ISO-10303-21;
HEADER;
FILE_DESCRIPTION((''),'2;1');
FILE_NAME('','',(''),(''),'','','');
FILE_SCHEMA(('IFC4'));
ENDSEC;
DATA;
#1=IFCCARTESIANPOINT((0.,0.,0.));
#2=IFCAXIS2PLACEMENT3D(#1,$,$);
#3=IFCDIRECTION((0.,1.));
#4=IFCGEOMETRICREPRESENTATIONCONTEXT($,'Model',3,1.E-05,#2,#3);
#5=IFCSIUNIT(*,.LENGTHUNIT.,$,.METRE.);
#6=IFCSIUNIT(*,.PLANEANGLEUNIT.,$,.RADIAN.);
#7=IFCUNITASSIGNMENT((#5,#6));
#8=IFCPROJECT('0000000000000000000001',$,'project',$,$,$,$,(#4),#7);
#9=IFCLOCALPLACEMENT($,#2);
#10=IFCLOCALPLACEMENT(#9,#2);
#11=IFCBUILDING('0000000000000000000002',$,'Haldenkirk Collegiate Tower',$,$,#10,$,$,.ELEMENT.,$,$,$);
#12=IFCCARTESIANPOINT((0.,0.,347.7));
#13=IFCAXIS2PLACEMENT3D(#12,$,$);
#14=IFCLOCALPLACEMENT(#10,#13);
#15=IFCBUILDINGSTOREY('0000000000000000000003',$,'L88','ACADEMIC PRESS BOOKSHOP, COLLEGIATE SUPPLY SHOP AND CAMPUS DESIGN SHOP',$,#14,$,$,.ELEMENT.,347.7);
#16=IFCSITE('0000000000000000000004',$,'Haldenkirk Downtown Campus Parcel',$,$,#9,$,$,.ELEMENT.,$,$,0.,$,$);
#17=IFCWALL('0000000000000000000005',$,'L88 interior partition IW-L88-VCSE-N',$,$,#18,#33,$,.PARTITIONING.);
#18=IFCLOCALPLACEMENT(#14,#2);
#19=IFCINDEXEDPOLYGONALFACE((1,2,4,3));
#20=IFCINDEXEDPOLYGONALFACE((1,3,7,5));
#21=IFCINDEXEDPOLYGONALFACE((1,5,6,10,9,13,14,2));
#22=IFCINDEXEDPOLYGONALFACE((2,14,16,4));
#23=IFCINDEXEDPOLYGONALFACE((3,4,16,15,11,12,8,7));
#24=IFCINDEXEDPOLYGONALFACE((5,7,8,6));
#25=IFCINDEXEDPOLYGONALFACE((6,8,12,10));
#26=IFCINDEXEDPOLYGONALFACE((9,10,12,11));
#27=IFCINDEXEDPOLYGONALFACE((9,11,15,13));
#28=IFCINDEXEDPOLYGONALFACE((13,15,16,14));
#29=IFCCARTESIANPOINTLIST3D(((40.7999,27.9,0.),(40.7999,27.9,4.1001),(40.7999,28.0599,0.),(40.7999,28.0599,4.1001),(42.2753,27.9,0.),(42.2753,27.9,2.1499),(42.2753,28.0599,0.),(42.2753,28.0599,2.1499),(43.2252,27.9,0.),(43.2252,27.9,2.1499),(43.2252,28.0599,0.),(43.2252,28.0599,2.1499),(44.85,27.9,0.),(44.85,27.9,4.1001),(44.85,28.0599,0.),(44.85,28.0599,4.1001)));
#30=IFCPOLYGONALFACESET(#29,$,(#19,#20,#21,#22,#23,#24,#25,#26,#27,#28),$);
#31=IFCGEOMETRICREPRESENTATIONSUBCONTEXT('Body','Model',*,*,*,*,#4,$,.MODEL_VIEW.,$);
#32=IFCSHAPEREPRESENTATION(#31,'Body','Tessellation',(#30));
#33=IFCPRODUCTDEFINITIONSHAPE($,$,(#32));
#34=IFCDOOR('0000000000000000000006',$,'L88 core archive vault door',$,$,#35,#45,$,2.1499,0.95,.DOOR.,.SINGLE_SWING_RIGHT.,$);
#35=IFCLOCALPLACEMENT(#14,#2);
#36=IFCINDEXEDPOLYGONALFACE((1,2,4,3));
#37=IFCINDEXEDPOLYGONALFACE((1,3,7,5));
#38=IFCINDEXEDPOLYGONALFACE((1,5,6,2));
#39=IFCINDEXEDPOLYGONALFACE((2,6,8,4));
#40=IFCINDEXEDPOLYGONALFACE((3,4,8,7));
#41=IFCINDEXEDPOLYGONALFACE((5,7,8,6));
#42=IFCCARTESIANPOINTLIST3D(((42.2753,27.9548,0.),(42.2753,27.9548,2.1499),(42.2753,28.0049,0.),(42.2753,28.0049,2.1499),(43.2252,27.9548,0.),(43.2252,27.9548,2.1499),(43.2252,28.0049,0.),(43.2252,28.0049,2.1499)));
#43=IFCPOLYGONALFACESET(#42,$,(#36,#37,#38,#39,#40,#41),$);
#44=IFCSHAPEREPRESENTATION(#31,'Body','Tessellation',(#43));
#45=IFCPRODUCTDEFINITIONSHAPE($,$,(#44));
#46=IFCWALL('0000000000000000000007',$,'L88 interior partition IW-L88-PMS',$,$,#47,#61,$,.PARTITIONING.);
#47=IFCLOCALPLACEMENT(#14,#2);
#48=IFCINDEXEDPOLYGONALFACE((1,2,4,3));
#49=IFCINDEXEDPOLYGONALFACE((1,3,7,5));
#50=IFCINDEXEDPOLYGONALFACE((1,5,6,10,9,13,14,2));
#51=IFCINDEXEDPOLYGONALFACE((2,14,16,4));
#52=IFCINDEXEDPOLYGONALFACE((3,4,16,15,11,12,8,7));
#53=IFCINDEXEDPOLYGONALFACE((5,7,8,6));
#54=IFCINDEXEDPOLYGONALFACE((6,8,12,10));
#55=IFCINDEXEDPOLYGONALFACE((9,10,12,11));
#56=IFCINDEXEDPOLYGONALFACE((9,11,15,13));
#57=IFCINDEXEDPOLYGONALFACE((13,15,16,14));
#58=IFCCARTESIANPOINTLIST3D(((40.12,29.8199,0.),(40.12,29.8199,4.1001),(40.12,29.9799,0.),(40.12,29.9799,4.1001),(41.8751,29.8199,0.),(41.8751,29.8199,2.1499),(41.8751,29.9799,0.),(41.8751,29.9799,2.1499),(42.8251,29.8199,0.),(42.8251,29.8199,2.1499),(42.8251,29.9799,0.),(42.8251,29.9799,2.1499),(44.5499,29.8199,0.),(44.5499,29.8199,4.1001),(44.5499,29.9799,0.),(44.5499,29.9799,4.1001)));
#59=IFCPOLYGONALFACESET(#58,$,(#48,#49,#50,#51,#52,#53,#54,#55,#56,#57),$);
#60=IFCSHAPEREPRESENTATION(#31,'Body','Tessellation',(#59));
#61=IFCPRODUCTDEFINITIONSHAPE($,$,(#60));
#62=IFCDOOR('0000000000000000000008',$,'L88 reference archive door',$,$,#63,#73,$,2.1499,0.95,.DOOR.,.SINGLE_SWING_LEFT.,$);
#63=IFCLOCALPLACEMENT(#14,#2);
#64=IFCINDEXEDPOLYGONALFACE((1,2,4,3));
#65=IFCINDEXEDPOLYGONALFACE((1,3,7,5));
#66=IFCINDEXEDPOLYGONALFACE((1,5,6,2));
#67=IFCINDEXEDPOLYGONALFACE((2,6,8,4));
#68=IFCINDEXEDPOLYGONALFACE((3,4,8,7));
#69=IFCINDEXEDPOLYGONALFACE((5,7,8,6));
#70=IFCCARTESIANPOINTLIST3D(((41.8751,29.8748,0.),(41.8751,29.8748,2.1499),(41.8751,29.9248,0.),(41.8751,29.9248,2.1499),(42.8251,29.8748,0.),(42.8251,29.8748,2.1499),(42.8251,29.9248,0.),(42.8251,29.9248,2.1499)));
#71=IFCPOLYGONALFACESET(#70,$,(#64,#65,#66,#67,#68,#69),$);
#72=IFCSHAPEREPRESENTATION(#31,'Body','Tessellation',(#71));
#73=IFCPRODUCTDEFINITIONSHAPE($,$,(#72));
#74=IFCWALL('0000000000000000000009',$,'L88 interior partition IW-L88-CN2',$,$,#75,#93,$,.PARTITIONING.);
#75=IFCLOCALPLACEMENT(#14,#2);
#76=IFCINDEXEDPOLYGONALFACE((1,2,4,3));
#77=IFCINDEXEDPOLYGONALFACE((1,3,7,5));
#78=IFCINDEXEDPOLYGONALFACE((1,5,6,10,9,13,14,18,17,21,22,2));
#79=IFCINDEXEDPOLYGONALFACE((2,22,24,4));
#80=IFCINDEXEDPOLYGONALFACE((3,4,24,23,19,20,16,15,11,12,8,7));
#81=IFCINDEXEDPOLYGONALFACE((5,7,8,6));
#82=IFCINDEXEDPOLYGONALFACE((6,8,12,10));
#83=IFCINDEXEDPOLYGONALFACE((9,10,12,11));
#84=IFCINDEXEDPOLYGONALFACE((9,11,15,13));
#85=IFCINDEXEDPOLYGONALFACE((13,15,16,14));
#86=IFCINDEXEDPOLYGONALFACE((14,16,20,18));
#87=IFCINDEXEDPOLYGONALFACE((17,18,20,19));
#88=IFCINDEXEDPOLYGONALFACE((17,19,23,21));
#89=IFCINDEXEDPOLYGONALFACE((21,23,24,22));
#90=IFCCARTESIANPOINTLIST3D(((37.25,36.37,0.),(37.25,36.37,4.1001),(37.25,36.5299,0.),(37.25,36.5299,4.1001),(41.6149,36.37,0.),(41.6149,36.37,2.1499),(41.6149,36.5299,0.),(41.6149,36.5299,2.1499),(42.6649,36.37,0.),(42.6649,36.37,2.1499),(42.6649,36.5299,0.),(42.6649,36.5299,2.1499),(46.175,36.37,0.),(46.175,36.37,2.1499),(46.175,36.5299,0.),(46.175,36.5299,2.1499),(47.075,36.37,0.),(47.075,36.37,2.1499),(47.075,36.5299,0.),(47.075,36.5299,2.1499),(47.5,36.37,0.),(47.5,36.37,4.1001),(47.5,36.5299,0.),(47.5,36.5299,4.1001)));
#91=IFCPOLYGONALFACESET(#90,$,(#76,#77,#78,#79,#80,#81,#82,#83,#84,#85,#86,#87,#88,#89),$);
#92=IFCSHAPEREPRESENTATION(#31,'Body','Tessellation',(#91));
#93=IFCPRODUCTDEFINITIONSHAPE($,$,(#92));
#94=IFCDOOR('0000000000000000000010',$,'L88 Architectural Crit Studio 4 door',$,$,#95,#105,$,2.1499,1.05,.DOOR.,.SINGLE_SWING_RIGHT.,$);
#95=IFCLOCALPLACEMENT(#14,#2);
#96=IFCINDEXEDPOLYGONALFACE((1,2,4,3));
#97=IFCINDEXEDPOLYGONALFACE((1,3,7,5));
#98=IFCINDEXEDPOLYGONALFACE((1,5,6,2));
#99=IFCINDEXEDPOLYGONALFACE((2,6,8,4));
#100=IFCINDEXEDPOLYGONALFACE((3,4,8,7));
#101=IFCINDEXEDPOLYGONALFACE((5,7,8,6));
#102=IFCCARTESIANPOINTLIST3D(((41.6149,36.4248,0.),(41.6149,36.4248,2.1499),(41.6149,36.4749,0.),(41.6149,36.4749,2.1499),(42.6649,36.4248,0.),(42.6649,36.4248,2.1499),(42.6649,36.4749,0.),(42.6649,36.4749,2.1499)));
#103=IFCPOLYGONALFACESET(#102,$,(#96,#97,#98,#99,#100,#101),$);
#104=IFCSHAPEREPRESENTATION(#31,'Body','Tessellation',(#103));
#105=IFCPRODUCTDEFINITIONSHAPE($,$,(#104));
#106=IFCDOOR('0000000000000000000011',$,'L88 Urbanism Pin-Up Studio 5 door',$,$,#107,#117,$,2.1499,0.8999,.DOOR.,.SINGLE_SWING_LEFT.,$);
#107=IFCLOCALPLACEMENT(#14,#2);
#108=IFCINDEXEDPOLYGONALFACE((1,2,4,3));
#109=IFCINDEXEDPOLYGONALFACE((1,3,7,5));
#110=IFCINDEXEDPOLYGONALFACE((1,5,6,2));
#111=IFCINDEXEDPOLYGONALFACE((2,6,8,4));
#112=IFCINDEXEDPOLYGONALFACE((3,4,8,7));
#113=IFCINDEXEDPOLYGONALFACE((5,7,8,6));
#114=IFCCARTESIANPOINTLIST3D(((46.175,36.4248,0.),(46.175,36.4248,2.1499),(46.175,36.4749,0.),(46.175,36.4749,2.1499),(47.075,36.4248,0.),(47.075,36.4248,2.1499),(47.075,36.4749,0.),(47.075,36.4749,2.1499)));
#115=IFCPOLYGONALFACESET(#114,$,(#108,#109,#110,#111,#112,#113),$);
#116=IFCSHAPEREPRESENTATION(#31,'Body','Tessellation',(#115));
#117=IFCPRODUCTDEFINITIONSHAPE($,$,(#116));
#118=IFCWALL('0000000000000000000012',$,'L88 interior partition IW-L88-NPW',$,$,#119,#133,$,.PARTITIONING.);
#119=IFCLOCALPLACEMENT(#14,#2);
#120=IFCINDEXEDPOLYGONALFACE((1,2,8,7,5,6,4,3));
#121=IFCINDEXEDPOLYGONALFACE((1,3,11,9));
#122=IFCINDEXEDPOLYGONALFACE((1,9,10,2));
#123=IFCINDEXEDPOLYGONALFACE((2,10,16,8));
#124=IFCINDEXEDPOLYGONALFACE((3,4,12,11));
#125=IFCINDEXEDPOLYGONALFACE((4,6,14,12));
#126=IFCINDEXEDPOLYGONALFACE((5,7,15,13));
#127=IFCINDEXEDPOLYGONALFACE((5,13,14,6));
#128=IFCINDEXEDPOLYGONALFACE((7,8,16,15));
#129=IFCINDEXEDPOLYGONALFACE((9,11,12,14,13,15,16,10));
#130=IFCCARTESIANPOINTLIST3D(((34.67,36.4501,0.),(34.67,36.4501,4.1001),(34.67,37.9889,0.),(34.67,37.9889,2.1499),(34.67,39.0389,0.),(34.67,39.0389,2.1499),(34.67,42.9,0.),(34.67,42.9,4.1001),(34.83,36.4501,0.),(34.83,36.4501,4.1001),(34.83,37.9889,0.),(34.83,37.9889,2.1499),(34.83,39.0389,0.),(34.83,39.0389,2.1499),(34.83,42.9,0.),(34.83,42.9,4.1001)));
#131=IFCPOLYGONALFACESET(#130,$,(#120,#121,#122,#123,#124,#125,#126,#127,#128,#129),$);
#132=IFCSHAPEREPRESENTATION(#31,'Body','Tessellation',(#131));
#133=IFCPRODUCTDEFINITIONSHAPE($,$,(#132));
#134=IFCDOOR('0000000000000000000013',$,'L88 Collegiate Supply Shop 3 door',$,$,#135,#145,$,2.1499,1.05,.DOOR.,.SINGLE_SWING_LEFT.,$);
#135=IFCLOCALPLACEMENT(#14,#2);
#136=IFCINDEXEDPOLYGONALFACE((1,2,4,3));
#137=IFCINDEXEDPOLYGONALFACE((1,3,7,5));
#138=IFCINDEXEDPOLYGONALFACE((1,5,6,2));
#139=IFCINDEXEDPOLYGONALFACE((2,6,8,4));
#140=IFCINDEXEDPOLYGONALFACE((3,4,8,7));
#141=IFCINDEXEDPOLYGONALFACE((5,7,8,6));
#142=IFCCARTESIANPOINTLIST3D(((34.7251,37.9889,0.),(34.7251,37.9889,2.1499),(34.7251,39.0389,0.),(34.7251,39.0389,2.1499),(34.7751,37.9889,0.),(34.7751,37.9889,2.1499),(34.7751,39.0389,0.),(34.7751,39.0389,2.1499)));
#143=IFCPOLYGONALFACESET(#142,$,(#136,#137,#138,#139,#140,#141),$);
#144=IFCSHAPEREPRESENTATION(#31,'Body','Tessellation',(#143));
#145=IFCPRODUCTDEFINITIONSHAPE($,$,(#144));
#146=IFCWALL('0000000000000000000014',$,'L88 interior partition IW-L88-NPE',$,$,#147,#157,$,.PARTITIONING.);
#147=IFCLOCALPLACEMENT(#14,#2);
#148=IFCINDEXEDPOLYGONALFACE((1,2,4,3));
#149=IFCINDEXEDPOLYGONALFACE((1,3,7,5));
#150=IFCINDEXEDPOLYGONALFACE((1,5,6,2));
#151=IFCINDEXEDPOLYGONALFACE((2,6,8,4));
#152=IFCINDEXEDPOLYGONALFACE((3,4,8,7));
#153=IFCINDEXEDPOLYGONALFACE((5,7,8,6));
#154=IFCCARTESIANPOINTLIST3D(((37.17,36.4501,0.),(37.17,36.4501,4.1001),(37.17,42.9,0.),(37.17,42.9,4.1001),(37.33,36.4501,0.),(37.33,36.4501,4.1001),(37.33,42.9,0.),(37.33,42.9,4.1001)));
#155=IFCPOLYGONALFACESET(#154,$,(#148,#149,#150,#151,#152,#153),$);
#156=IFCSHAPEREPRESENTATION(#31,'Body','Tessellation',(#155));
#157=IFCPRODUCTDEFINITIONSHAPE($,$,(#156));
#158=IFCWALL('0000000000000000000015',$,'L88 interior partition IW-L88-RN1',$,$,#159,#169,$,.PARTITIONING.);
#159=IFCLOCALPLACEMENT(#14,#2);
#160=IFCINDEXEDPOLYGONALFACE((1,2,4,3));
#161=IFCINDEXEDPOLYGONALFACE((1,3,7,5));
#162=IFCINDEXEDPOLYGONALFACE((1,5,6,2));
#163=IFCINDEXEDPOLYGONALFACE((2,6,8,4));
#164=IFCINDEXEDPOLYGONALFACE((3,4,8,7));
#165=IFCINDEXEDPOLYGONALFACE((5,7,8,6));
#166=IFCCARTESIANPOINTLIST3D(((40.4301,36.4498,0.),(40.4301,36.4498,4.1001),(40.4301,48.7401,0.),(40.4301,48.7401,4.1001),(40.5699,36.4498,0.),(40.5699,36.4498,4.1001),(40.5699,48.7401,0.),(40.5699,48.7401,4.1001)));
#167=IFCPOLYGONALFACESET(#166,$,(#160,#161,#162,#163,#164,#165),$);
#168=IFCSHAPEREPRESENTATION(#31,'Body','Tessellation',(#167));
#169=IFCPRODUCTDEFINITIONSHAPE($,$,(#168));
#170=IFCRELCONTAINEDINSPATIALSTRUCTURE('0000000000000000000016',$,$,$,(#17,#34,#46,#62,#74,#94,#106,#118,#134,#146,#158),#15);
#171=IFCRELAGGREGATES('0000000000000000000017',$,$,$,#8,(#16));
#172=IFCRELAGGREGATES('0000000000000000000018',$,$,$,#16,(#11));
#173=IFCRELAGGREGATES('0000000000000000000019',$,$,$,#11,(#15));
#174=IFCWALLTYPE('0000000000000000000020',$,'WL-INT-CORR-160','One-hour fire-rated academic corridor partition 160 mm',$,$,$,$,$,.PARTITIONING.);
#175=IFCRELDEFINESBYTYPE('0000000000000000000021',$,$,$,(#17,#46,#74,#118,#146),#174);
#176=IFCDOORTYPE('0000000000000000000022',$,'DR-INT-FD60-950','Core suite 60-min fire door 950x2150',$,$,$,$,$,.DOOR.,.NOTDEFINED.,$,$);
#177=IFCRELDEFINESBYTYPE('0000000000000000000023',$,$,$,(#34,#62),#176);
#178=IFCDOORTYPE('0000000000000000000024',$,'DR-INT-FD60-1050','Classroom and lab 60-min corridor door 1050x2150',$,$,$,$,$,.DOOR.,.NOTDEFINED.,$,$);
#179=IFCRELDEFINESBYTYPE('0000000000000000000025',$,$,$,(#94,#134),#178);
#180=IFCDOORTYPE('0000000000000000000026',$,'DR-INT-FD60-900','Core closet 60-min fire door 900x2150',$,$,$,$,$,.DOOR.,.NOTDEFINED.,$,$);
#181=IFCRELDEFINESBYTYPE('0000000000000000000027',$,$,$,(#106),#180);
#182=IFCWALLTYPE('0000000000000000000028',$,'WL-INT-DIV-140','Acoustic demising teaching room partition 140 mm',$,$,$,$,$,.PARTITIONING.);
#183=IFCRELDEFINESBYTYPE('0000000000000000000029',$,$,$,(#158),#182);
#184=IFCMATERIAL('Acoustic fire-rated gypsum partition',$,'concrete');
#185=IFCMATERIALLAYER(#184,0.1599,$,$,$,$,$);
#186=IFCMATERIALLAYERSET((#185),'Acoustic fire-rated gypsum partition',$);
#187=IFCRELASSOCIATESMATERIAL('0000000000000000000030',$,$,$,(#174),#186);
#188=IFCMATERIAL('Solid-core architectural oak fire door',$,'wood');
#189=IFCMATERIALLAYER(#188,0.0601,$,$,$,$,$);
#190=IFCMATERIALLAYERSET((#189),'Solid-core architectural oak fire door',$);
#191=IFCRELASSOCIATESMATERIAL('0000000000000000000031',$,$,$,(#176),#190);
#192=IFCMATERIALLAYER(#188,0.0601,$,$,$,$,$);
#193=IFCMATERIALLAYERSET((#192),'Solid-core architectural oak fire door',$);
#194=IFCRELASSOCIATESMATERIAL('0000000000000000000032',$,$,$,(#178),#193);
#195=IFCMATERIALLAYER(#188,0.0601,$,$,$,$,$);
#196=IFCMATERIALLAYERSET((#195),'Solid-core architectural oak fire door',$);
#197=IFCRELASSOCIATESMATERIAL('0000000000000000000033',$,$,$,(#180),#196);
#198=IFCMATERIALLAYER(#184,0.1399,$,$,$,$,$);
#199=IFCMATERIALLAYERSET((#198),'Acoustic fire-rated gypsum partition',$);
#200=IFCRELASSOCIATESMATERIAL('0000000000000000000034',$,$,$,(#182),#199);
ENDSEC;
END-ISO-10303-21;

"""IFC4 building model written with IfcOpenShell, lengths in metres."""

from ifc_helpers import new_model, si_unit, direction, frame, frame_2d, origin, place, context, subcontext, project, spatial, rectangle, extrude, material, layer, layer_set, type_object, element, fill, save


model = new_model("IFC4")

# Units and contexts
model_context = context("Model", 3, precision=1e-05, world=origin(), true_north=direction((0.0, 1.0)))
body_context = subcontext(model_context, "Body", "Model", "MODEL_VIEW")
ifc_project = project(units=[si_unit("LENGTHUNIT", "METRE"), si_unit("PLANEANGLEUNIT", "RADIAN")], contexts=[model_context])

# Site, building, storey
site_placement = place(None, origin())
site = spatial("IfcSite", under=ifc_project, at=site_placement, Name="Haldenkirk Downtown Campus Parcel", CompositionType="ELEMENT", RefElevation=0.0)
building_placement = place(site_placement, origin())
building = spatial("IfcBuilding", under=site, at=building_placement, Name="Haldenkirk Collegiate Tower", CompositionType="ELEMENT")
storey_placement = place(building_placement, frame((0.0, 0.0, 347.7)))
storey = spatial("IfcBuildingStorey", under=building, at=storey_placement, Name="L88", Description="ACADEMIC PRESS BOOKSHOP, COLLEGIATE SUPPLY SHOP AND CAMPUS DESIGN SHOP", CompositionType="ELEMENT", Elevation=347.7)

# Walls, openings, doors
ifc_material_1 = material(Name="Acoustic fire-rated gypsum partition", Category="concrete")
ifc_layer_1 = layer(ifc_material_1, 0.1599)
ifc_layer_set_1 = layer_set([ifc_layer_1], Name="Acoustic fire-rated gypsum partition")
wall_type_1 = type_object("IfcWallType", Name="WL-INT-CORR-160", Description="One-hour fire-rated academic corridor partition 160 mm", PredefinedType="PARTITIONING", material=ifc_layer_set_1)
wall_1_placement = place(storey_placement, frame((40.8, 27.98, 0.0), z_axis=(0.0, 0.0, 1.0), x_axis=(1.0, 0.0, 0.0)))
wall_1 = element("IfcWall", 1, at=wall_1_placement, inside=storey, type_object=wall_type_1, Name="L88 interior partition IW-L88-VCSE-N", PredefinedType="PARTITIONING", context=body_context, shape_type="SweptSolid", body=[
    extrude(rectangle(XDim=4.05, YDim=0.1599, at=frame_2d((2.0249, 0.0))), origin(), (0.0, 0.0, 1.0), 4.1001),
])
opening_1_placement = place(wall_1_placement, frame((1.4751, 0.0, 0.0)))
opening_1 = element("IfcOpeningElement", 2, at=opening_1_placement, cuts=wall_1, PredefinedType="OPENING", context=body_context, shape_type="SweptSolid", body=[
    extrude(rectangle(XDim=0.95, YDim=2.1499, at=frame_2d((0.4751, 1.075))), frame((0.0, 0.0898, 0.0), z_axis=(0.0, -1.0, 0.0), x_axis=(1.0, 0.0, 0.0)), (0.0, 0.0, 1.0), 0.1799),
])
ifc_material_2 = material(Name="Solid-core architectural oak fire door", Category="wood")
ifc_layer_2 = layer(ifc_material_2, 0.0601)
ifc_layer_set_2 = layer_set([ifc_layer_2], Name="Solid-core architectural oak fire door")
door_type_1 = type_object("IfcDoorType", Name="DR-INT-FD60-950", Description="Core suite 60-min fire door 950x2150", OperationType="NOTDEFINED", PredefinedType="DOOR", material=ifc_layer_set_2)
door_1_placement = place(opening_1_placement, origin())
door_1 = element("IfcDoor", 3, at=door_1_placement, inside=storey, type_object=door_type_1, Name="L88 core archive vault door", OperationType="SINGLE_SWING_RIGHT", OverallHeight=2.1499, OverallWidth=0.95, PredefinedType="DOOR", context=body_context, shape_type="SweptSolid", body=[
    extrude(rectangle(XDim=0.95, YDim=2.1499, at=frame_2d((0.4751, 1.075))), frame((0.0, 0.0249, 0.0), z_axis=(0.0, -1.0, 0.0), x_axis=(1.0, 0.0, 0.0)), (0.0, 0.0, 1.0), 0.05),
])
fill(opening_1, door_1)
wall_2_placement = place(storey_placement, frame((40.1201, 29.8999, 0.0), z_axis=(0.0, 0.0, 1.0), x_axis=(1.0, 0.0, 0.0)))
wall_2 = element("IfcWall", 4, at=wall_2_placement, inside=storey, type_object=wall_type_1, Name="L88 interior partition IW-L88-PMS", PredefinedType="PARTITIONING", context=body_context, shape_type="SweptSolid", body=[
    extrude(rectangle(XDim=4.4299, YDim=0.1599, at=frame_2d((2.2148, 0.0))), origin(), (0.0, 0.0, 1.0), 4.1001),
])
opening_2_placement = place(wall_2_placement, frame((1.7549, 0.0, 0.0)))
opening_2 = element("IfcOpeningElement", 5, at=opening_2_placement, cuts=wall_2, PredefinedType="OPENING", context=body_context, shape_type="SweptSolid", body=[
    extrude(rectangle(XDim=0.95, YDim=2.1499, at=frame_2d((0.4751, 1.075))), frame((0.0, 0.0898, 0.0), z_axis=(0.0, -1.0, 0.0), x_axis=(1.0, 0.0, 0.0)), (0.0, 0.0, 1.0), 0.1799),
])
door_2_placement = place(opening_2_placement, origin())
door_2 = element("IfcDoor", 6, at=door_2_placement, inside=storey, type_object=door_type_1, Name="L88 reference archive door", OperationType="SINGLE_SWING_LEFT", OverallHeight=2.1499, OverallWidth=0.95, PredefinedType="DOOR", context=body_context, shape_type="SweptSolid", body=[
    extrude(rectangle(XDim=0.95, YDim=2.1499, at=frame_2d((0.4751, 1.075))), frame((0.0, 0.0249, 0.0), z_axis=(0.0, -1.0, 0.0), x_axis=(1.0, 0.0, 0.0)), (0.0, 0.0, 1.0), 0.05),
])
fill(opening_2, door_2)

# Wall, openings, doors
wall_3_placement = place(storey_placement, frame((37.25, 36.45, 0.0), z_axis=(0.0, 0.0, 1.0), x_axis=(1.0, 0.0, 0.0)))
wall_3 = element("IfcWall", 7, at=wall_3_placement, inside=storey, type_object=wall_type_1, Name="L88 interior partition IW-L88-CN2", PredefinedType="PARTITIONING", context=body_context, shape_type="SweptSolid", body=[
    extrude(rectangle(XDim=10.25, YDim=0.1599, at=frame_2d((5.125, 0.0))), origin(), (0.0, 0.0, 1.0), 4.1001),
])
opening_3_placement = place(wall_3_placement, frame((4.365, 0.0, 0.0)))
opening_3 = element("IfcOpeningElement", 8, at=opening_3_placement, cuts=wall_3, PredefinedType="OPENING", context=body_context, shape_type="SweptSolid", body=[
    extrude(rectangle(XDim=1.05, YDim=2.1499, at=frame_2d((0.5249, 1.075))), frame((0.0, 0.0898, 0.0), z_axis=(0.0, -1.0, 0.0), x_axis=(1.0, 0.0, 0.0)), (0.0, 0.0, 1.0), 0.1799),
])
opening_4_placement = place(wall_3_placement, frame((8.925, 0.0, 0.0)))
opening_4 = element("IfcOpeningElement", 9, at=opening_4_placement, cuts=wall_3, PredefinedType="OPENING", context=body_context, shape_type="SweptSolid", body=[
    extrude(rectangle(XDim=0.8999, YDim=2.1499, at=frame_2d((0.45, 1.075))), frame((0.0, 0.0898, 0.0), z_axis=(0.0, -1.0, 0.0), x_axis=(1.0, 0.0, 0.0)), (0.0, 0.0, 1.0), 0.1799),
])
ifc_layer_3 = layer(ifc_material_2, 0.0601)
ifc_layer_set_3 = layer_set([ifc_layer_3], Name="Solid-core architectural oak fire door")
door_type_2 = type_object("IfcDoorType", Name="DR-INT-FD60-1050", Description="Classroom and lab 60-min corridor door 1050x2150", OperationType="NOTDEFINED", PredefinedType="DOOR", material=ifc_layer_set_3)
door_3_placement = place(opening_3_placement, origin())
door_3 = element("IfcDoor", 10, at=door_3_placement, inside=storey, type_object=door_type_2, Name="L88 Architectural Crit Studio 4 door", OperationType="SINGLE_SWING_RIGHT", OverallHeight=2.1499, OverallWidth=1.05, PredefinedType="DOOR", context=body_context, shape_type="SweptSolid", body=[
    extrude(rectangle(XDim=1.05, YDim=2.1499, at=frame_2d((0.5249, 1.075))), frame((0.0, 0.0249, 0.0), z_axis=(0.0, -1.0, 0.0), x_axis=(1.0, 0.0, 0.0)), (0.0, 0.0, 1.0), 0.05),
])
fill(opening_3, door_3)
ifc_layer_4 = layer(ifc_material_2, 0.0601)
ifc_layer_set_4 = layer_set([ifc_layer_4], Name="Solid-core architectural oak fire door")
door_type_3 = type_object("IfcDoorType", Name="DR-INT-FD60-900", Description="Core closet 60-min fire door 900x2150", OperationType="NOTDEFINED", PredefinedType="DOOR", material=ifc_layer_set_4)
door_4_placement = place(opening_4_placement, origin())
door_4 = element("IfcDoor", 11, at=door_4_placement, inside=storey, type_object=door_type_3, Name="L88 Urbanism Pin-Up Studio 5 door", OperationType="SINGLE_SWING_LEFT", OverallHeight=2.1499, OverallWidth=0.8999, PredefinedType="DOOR", context=body_context, shape_type="SweptSolid", body=[
    extrude(rectangle(XDim=0.8999, YDim=2.1499, at=frame_2d((0.45, 1.075))), frame((0.0, 0.0249, 0.0), z_axis=(0.0, -1.0, 0.0), x_axis=(1.0, 0.0, 0.0)), (0.0, 0.0, 1.0), 0.05),
])
fill(opening_4, door_4)

# Wall, opening, door
wall_4_placement = place(storey_placement, frame((34.75, 36.45, 0.0), z_axis=(0.0, 0.0, 1.0), x_axis=(0.0, 1.0, 0.0)))
wall_4 = element("IfcWall", 12, at=wall_4_placement, inside=storey, type_object=wall_type_1, Name="L88 interior partition IW-L88-NPW", PredefinedType="PARTITIONING", context=body_context, shape_type="SweptSolid", body=[
    extrude(rectangle(XDim=6.45, YDim=0.1599, at=frame_2d((3.2251, 0.0))), origin(), (0.0, 0.0, 1.0), 4.1001),
])
opening_5_placement = place(wall_4_placement, frame((1.5391, 0.0, 0.0)))
opening_5 = element("IfcOpeningElement", 13, at=opening_5_placement, cuts=wall_4, PredefinedType="OPENING", context=body_context, shape_type="SweptSolid", body=[
    extrude(rectangle(XDim=1.05, YDim=2.1499, at=frame_2d((0.5249, 1.075))), frame((0.0, 0.0898, 0.0), z_axis=(0.0, -1.0, 0.0), x_axis=(1.0, 0.0, 0.0)), (0.0, 0.0, 1.0), 0.1799),
])
door_5_placement = place(opening_5_placement, origin())
door_5 = element("IfcDoor", 14, at=door_5_placement, inside=storey, type_object=door_type_2, Name="L88 Collegiate Supply Shop 3 door", OperationType="SINGLE_SWING_LEFT", OverallHeight=2.1499, OverallWidth=1.05, PredefinedType="DOOR", context=body_context, shape_type="SweptSolid", body=[
    extrude(rectangle(XDim=1.05, YDim=2.1499, at=frame_2d((0.5249, 1.075))), frame((0.0, 0.0249, 0.0), z_axis=(0.0, -1.0, 0.0), x_axis=(1.0, 0.0, 0.0)), (0.0, 0.0, 1.0), 0.05),
])
fill(opening_5, door_5)

# Walls
wall_5_placement = place(storey_placement, frame((37.25, 36.45, 0.0), z_axis=(0.0, 0.0, 1.0), x_axis=(0.0, 1.0, 0.0)))
element("IfcWall", 15, at=wall_5_placement, inside=storey, type_object=wall_type_1, Name="L88 interior partition IW-L88-NPE", PredefinedType="PARTITIONING", context=body_context, shape_type="SweptSolid", body=[
    extrude(rectangle(XDim=6.45, YDim=0.1599, at=frame_2d((3.2251, 0.0))), origin(), (0.0, 0.0, 1.0), 4.1001),
])
ifc_layer_5 = layer(ifc_material_1, 0.1399)
ifc_layer_set_5 = layer_set([ifc_layer_5], Name="Acoustic fire-rated gypsum partition")
wall_type_2 = type_object("IfcWallType", Name="WL-INT-DIV-140", Description="Acoustic demising teaching room partition 140 mm", PredefinedType="PARTITIONING", material=ifc_layer_set_5)
wall_6_placement = place(storey_placement, frame((40.5, 36.45, 0.0), z_axis=(0.0, 0.0, 1.0), x_axis=(0.0, 1.0, 0.0)))
element("IfcWall", 16, at=wall_6_placement, inside=storey, type_object=wall_type_2, Name="L88 interior partition IW-L88-RN1", PredefinedType="PARTITIONING", context=body_context, shape_type="SweptSolid", body=[
    extrude(rectangle(XDim=12.2903, YDim=0.1399, at=frame_2d((6.145, 0.0))), origin(), (0.0, 0.0, 1.0), 4.1001),
])

save(model, "model.ifc")
